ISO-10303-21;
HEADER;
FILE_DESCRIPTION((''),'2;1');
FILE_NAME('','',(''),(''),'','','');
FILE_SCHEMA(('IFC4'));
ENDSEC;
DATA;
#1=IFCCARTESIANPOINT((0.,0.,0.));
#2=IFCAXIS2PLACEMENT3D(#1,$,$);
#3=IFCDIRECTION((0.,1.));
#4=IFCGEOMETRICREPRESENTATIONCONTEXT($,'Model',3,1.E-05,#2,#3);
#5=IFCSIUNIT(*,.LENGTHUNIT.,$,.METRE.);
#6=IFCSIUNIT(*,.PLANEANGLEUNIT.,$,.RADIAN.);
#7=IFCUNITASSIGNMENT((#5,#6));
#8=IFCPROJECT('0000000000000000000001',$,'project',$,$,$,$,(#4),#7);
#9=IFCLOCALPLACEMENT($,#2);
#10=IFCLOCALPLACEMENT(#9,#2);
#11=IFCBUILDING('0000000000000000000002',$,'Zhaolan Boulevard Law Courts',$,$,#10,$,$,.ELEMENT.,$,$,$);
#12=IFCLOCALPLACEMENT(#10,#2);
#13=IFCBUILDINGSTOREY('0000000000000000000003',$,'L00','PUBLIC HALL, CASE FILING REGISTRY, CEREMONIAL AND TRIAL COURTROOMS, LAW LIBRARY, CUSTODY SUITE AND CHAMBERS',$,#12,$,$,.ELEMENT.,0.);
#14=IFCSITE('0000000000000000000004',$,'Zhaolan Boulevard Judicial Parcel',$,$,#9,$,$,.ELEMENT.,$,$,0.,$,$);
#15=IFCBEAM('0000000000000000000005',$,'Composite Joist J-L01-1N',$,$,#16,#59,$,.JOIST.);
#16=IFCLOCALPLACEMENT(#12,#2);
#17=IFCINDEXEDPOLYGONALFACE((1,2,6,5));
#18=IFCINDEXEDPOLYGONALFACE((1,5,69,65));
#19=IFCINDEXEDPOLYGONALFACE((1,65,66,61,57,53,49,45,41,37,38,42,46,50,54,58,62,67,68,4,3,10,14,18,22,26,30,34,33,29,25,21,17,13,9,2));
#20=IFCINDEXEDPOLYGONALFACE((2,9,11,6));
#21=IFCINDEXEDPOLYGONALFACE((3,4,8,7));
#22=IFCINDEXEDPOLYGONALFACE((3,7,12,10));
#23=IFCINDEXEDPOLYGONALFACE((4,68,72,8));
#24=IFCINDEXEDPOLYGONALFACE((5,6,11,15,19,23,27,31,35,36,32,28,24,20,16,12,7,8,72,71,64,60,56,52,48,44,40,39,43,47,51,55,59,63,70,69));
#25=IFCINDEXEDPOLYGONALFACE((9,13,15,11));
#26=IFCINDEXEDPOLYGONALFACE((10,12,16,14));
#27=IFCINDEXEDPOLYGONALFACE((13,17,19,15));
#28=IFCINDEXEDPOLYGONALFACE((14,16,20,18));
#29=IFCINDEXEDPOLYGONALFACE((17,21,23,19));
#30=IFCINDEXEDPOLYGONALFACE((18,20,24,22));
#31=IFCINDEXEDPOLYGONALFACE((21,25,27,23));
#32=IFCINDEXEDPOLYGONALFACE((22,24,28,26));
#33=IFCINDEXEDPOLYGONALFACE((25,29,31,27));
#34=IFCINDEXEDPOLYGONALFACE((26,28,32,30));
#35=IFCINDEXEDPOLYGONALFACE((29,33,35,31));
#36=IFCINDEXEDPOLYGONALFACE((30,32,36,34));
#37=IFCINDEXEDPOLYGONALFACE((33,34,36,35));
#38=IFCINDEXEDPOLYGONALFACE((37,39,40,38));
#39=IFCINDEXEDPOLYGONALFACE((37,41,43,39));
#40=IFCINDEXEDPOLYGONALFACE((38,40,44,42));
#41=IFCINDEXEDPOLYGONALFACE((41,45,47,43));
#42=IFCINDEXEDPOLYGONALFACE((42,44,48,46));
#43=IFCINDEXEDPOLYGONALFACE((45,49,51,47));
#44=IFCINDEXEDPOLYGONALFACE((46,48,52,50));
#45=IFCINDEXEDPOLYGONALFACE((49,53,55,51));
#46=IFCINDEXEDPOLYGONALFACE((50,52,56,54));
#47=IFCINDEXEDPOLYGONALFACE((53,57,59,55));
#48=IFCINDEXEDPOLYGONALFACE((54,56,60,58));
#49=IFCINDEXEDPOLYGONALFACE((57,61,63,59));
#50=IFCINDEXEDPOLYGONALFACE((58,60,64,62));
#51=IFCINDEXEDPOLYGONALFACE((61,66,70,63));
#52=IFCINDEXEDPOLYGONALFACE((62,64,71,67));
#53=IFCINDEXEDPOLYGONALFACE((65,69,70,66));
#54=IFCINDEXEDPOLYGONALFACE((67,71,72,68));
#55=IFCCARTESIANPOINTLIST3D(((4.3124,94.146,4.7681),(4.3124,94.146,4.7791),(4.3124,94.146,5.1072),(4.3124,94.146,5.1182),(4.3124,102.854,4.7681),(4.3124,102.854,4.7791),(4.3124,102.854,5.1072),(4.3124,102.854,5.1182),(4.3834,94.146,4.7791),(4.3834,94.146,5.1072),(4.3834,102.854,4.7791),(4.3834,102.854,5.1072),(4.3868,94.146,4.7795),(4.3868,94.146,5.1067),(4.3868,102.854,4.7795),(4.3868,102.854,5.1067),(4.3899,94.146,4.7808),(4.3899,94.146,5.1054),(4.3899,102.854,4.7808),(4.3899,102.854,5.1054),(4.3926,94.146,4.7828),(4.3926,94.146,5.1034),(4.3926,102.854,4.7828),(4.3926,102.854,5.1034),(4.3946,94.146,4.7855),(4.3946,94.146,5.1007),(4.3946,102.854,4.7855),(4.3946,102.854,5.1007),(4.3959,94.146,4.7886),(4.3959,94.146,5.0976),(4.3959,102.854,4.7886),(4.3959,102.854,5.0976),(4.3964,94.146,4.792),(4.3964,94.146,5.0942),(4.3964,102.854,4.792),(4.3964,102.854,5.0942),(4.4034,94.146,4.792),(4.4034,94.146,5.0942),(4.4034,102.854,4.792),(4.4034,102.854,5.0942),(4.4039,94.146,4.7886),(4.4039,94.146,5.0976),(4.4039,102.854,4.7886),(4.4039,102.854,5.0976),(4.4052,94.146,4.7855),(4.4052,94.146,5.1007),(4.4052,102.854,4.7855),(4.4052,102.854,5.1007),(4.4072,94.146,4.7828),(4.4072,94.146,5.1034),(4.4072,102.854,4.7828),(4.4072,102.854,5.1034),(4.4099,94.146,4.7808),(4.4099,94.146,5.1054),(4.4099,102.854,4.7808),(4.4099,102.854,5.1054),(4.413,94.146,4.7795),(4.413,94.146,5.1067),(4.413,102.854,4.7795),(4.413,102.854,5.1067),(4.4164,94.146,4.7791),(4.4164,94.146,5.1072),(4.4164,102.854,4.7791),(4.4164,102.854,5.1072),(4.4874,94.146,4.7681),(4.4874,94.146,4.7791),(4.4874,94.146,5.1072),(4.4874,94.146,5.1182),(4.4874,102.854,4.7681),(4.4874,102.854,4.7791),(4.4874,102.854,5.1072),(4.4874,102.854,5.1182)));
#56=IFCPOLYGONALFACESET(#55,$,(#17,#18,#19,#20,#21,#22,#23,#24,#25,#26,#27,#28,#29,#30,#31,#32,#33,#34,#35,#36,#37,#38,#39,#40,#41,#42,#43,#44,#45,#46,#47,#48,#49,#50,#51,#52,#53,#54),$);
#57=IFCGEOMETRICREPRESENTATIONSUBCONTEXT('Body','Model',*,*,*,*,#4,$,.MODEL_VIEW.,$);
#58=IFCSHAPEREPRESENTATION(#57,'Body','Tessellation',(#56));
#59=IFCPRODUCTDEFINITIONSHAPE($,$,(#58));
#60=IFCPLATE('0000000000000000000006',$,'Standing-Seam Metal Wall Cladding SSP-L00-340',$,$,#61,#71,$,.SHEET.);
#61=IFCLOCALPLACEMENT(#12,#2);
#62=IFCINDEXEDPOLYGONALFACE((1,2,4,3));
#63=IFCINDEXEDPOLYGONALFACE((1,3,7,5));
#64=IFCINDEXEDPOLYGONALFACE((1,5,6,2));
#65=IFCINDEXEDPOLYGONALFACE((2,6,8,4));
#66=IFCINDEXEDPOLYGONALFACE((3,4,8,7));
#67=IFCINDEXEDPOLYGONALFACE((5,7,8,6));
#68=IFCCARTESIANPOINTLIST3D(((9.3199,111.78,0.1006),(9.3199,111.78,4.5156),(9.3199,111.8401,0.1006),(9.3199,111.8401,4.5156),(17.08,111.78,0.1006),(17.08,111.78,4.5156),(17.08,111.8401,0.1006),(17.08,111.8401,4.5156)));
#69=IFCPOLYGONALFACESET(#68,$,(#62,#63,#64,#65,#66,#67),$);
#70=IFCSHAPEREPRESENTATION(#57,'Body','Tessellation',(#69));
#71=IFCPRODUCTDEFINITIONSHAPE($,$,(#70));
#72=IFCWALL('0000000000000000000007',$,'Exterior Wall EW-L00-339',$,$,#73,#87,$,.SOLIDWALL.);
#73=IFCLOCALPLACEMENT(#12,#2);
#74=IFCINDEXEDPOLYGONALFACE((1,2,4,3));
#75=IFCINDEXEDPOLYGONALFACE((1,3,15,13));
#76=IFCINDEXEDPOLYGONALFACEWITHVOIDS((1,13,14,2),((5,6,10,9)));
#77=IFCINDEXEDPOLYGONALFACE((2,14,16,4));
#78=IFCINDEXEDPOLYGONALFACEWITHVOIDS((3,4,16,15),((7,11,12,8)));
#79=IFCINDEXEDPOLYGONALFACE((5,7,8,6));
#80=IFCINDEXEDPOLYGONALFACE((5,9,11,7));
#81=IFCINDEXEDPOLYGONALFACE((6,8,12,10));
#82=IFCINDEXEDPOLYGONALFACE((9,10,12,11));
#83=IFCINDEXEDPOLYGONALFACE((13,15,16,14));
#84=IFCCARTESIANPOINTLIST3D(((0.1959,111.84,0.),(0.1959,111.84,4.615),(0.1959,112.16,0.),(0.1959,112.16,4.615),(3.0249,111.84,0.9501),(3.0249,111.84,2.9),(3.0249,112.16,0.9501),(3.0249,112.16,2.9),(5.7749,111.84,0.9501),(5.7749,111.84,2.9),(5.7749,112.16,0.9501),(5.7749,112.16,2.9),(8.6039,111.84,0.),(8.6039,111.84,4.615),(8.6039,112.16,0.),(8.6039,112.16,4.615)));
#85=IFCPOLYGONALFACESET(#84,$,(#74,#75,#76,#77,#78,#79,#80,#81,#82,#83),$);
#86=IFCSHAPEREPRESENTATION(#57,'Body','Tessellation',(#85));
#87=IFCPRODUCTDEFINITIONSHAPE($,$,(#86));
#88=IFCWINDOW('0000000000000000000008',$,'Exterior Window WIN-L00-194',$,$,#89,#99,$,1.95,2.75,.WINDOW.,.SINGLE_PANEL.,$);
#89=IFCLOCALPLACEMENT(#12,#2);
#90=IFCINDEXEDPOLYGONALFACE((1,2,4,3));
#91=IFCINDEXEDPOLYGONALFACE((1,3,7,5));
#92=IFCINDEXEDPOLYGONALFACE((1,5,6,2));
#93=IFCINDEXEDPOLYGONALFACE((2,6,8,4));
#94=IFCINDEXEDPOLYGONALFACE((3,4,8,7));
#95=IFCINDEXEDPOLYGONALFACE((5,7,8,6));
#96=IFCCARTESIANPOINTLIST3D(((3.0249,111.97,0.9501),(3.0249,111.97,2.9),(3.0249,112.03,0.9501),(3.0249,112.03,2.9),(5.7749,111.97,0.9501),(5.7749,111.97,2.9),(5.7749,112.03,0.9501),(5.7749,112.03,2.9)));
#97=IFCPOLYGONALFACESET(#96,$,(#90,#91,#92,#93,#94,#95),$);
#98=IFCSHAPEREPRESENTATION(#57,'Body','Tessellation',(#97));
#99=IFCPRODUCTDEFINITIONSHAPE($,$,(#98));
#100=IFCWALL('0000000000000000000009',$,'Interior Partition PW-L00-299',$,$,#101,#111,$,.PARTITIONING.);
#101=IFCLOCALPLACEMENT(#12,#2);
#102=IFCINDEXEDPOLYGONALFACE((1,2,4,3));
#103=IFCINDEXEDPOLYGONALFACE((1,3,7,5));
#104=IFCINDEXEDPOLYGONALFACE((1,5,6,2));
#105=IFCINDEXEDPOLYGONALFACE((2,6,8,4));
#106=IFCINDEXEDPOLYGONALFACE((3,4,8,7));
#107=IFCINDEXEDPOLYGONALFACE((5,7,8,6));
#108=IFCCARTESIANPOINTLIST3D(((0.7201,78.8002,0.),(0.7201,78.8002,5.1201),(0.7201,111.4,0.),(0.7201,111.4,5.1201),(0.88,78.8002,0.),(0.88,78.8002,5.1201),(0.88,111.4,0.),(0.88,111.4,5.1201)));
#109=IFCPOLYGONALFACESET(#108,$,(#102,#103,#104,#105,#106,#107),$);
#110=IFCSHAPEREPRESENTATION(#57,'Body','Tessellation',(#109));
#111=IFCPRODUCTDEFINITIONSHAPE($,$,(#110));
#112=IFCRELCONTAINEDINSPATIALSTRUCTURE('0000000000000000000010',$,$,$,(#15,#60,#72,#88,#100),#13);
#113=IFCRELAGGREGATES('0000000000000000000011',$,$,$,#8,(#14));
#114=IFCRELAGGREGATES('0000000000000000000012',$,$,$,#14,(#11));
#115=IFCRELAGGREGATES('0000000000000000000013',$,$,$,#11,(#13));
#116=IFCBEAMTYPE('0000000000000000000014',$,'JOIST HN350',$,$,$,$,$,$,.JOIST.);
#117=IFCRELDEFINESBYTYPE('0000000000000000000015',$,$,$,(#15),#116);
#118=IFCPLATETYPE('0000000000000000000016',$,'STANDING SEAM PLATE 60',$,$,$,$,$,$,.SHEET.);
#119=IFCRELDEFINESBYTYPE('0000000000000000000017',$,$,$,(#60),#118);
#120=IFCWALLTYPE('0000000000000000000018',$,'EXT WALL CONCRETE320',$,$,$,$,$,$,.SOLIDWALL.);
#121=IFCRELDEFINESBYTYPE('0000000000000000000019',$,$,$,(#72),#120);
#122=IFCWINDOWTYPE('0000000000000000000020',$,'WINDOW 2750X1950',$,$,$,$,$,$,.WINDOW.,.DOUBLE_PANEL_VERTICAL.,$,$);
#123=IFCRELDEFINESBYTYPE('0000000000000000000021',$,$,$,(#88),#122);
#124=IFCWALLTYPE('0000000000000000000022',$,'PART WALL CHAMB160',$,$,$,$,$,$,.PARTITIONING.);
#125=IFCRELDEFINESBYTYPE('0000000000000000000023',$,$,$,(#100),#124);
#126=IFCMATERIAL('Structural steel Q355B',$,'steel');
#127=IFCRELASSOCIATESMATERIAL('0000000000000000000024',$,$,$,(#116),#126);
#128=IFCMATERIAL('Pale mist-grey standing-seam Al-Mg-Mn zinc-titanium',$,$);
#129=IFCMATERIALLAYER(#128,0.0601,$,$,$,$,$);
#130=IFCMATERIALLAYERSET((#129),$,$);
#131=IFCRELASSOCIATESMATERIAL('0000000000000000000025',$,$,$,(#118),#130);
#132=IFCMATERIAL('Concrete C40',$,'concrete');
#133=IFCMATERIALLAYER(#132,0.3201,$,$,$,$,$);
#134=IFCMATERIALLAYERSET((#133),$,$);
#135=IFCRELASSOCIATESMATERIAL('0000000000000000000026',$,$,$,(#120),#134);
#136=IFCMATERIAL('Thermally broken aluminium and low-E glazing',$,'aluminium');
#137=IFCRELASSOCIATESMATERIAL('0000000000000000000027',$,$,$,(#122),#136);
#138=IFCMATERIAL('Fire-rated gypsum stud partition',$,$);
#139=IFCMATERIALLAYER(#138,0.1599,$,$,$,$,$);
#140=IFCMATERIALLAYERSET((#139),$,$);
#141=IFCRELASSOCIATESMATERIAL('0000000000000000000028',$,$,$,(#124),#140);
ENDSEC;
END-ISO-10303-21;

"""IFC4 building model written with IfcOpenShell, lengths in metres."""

from ifc_helpers import new_model, si_unit, direction, frame, frame_2d, origin, origin_2d, place, context, subcontext, project, spatial, rectangle, i_section, extrude, material, layer, layer_set, material_profile, profile_set, type_object, element, fill, save


model = new_model("IFC4")

# Units and contexts
model_context = context("Model", 3, precision=1e-05, world=origin(), true_north=direction((0.0, 1.0)))
body_context = subcontext(model_context, "Body", "Model", "MODEL_VIEW")
ifc_project = project(units=[si_unit("LENGTHUNIT", "METRE"), si_unit("PLANEANGLEUNIT", "RADIAN")], contexts=[model_context])

# Site, building, storey
site_placement = place(None, origin())
site = spatial("IfcSite", under=ifc_project, at=site_placement, Name="Zhaolan Boulevard Judicial Parcel", CompositionType="ELEMENT", RefElevation=0.0)
building_placement = place(site_placement, origin())
building = spatial("IfcBuilding", under=site, at=building_placement, Name="Zhaolan Boulevard Law Courts", CompositionType="ELEMENT")
storey_placement = place(building_placement, origin())
storey = spatial("IfcBuildingStorey", under=building, at=storey_placement, Name="L00", Description="PUBLIC HALL, CASE FILING REGISTRY, CEREMONIAL AND TRIAL COURTROOMS, LAW LIBRARY, CUSTODY SUITE AND CHAMBERS", CompositionType="ELEMENT", Elevation=0.0)

# Beam
ifc_material_1 = material(Name="Structural steel Q355B", Category="steel")
ifc_material_profile_1 = material_profile(ifc_material_1, i_section(OverallWidth=0.175, OverallDepth=0.3501, WebThickness=0.0071, FlangeThickness=0.011, FilletRadius=0.0129, at=origin_2d()), Name="HN350x175")
ifc_profile_set_1 = profile_set([ifc_material_profile_1], Name="Structural steel Q355B")
beam_type_1 = type_object("IfcBeamType", Name="JOIST HN350", PredefinedType="JOIST", material=ifc_profile_set_1)
beam_1_placement = place(storey_placement, frame((4.3999, 94.146, 4.9431), z_axis=(0.0, 1.0, 0.0), x_axis=(-1.0, 0.0, 0.0)))
element("IfcBeam", 1, at=beam_1_placement, inside=storey, type_object=beam_type_1, Name="Composite Joist J-L01-1N", PredefinedType="JOIST", context=body_context, shape_type="SweptSolid", body=[
    extrude(i_section(OverallWidth=0.175, OverallDepth=0.3501, WebThickness=0.0071, FlangeThickness=0.011, FilletRadius=0.0129, at=origin_2d()), origin(), (0.0, 0.0, 1.0), 8.708),
])

# Plate
ifc_material_2 = material(Name="Pale mist-grey standing-seam Al-Mg-Mn zinc-titanium")
ifc_layer_1 = layer(ifc_material_2, 0.0601)
ifc_layer_set_1 = layer_set([ifc_layer_1])
plate_type = type_object("IfcPlateType", Name="STANDING SEAM PLATE 60", PredefinedType="SHEET", material=ifc_layer_set_1)
plate_placement = place(storey_placement, frame((13.2, 111.8101, 0.1006), z_axis=(0.0, 0.0, 1.0), x_axis=(-1.0, 0.0, 0.0)))
element("IfcPlate", 2, at=plate_placement, inside=storey, type_object=plate_type, Name="Standing-Seam Metal Wall Cladding SSP-L00-340", PredefinedType="SHEET", context=body_context, shape_type="SweptSolid", body=[
    extrude(rectangle(XDim=7.76, YDim=0.0601, at=origin_2d()), origin(), (0.0, 0.0, 1.0), 4.415),
])

# Wall, opening, window
ifc_material_3 = material(Name="Concrete C40", Category="concrete")
ifc_layer_2 = layer(ifc_material_3, 0.3201)
ifc_layer_set_2 = layer_set([ifc_layer_2])
wall_type_1 = type_object("IfcWallType", Name="EXT WALL CONCRETE320", PredefinedType="SOLIDWALL", material=ifc_layer_set_2)
wall_1_placement = place(storey_placement, frame((8.604, 112.0, 0.0), z_axis=(0.0, 0.0, 1.0), x_axis=(-1.0, 0.0, 0.0)))
wall_1 = element("IfcWall", 3, at=wall_1_placement, inside=storey, type_object=wall_type_1, Name="Exterior Wall EW-L00-339", PredefinedType="SOLIDWALL", context=body_context, shape_type="SweptSolid", body=[
    extrude(rectangle(XDim=8.408, YDim=0.3201, at=frame_2d((4.2041, 0.0))), origin(), (0.0, 0.0, 1.0), 4.615),
])
opening_placement = place(wall_1_placement, frame((2.8291, 0.0, 0.95)))
opening = element("IfcOpeningElement", 4, at=opening_placement, cuts=wall_1, PredefinedType="OPENING", context=body_context, shape_type="SweptSolid", body=[
    extrude(rectangle(XDim=2.75, YDim=1.95, at=frame_2d((1.375, 0.9751))), frame((0.0, 0.1699, 0.0), z_axis=(0.0, -1.0, 0.0), x_axis=(1.0, 0.0, 0.0)), (0.0, 0.0, 1.0), 0.3401),
])
ifc_material_4 = material(Name="Thermally broken aluminium and low-E glazing", Category="aluminium")
window_type = type_object("IfcWindowType", Name="WINDOW 2750X1950", PartitioningType="DOUBLE_PANEL_VERTICAL", PredefinedType="WINDOW", material=ifc_material_4)
window_placement = place(opening_placement, origin())
window = element("IfcWindow", 5, at=window_placement, inside=storey, type_object=window_type, Name="Exterior Window WIN-L00-194", OverallHeight=1.95, OverallWidth=2.75, PartitioningType="SINGLE_PANEL", PredefinedType="WINDOW", context=body_context, shape_type="SweptSolid", body=[
    extrude(rectangle(XDim=2.75, YDim=1.95, at=frame_2d((1.375, 0.9751))), frame((0.0, 0.03, 0.0), z_axis=(0.0, -1.0, 0.0), x_axis=(1.0, 0.0, 0.0)), (0.0, 0.0, 1.0), 0.0601),
])
fill(opening, window)

# Wall
ifc_material_5 = material(Name="Fire-rated gypsum stud partition")
ifc_layer_3 = layer(ifc_material_5, 0.1599)
ifc_layer_set_3 = layer_set([ifc_layer_3])
wall_type_2 = type_object("IfcWallType", Name="PART WALL CHAMB160", PredefinedType="PARTITIONING", material=ifc_layer_set_3)
wall_2_placement = place(storey_placement, frame((0.8, 111.3999, 0.0), z_axis=(0.0, 0.0, 1.0), x_axis=(0.0, -1.0, 0.0)))
element("IfcWall", 6, at=wall_2_placement, inside=storey, type_object=wall_type_2, Name="Interior Partition PW-L00-299", PredefinedType="PARTITIONING", context=body_context, shape_type="SweptSolid", body=[
    extrude(rectangle(XDim=32.5999, YDim=0.1599, at=frame_2d((16.2998, 0.0))), origin(), (0.0, 0.0, 1.0), 5.1201),
])

save(model, "model.ifc")
